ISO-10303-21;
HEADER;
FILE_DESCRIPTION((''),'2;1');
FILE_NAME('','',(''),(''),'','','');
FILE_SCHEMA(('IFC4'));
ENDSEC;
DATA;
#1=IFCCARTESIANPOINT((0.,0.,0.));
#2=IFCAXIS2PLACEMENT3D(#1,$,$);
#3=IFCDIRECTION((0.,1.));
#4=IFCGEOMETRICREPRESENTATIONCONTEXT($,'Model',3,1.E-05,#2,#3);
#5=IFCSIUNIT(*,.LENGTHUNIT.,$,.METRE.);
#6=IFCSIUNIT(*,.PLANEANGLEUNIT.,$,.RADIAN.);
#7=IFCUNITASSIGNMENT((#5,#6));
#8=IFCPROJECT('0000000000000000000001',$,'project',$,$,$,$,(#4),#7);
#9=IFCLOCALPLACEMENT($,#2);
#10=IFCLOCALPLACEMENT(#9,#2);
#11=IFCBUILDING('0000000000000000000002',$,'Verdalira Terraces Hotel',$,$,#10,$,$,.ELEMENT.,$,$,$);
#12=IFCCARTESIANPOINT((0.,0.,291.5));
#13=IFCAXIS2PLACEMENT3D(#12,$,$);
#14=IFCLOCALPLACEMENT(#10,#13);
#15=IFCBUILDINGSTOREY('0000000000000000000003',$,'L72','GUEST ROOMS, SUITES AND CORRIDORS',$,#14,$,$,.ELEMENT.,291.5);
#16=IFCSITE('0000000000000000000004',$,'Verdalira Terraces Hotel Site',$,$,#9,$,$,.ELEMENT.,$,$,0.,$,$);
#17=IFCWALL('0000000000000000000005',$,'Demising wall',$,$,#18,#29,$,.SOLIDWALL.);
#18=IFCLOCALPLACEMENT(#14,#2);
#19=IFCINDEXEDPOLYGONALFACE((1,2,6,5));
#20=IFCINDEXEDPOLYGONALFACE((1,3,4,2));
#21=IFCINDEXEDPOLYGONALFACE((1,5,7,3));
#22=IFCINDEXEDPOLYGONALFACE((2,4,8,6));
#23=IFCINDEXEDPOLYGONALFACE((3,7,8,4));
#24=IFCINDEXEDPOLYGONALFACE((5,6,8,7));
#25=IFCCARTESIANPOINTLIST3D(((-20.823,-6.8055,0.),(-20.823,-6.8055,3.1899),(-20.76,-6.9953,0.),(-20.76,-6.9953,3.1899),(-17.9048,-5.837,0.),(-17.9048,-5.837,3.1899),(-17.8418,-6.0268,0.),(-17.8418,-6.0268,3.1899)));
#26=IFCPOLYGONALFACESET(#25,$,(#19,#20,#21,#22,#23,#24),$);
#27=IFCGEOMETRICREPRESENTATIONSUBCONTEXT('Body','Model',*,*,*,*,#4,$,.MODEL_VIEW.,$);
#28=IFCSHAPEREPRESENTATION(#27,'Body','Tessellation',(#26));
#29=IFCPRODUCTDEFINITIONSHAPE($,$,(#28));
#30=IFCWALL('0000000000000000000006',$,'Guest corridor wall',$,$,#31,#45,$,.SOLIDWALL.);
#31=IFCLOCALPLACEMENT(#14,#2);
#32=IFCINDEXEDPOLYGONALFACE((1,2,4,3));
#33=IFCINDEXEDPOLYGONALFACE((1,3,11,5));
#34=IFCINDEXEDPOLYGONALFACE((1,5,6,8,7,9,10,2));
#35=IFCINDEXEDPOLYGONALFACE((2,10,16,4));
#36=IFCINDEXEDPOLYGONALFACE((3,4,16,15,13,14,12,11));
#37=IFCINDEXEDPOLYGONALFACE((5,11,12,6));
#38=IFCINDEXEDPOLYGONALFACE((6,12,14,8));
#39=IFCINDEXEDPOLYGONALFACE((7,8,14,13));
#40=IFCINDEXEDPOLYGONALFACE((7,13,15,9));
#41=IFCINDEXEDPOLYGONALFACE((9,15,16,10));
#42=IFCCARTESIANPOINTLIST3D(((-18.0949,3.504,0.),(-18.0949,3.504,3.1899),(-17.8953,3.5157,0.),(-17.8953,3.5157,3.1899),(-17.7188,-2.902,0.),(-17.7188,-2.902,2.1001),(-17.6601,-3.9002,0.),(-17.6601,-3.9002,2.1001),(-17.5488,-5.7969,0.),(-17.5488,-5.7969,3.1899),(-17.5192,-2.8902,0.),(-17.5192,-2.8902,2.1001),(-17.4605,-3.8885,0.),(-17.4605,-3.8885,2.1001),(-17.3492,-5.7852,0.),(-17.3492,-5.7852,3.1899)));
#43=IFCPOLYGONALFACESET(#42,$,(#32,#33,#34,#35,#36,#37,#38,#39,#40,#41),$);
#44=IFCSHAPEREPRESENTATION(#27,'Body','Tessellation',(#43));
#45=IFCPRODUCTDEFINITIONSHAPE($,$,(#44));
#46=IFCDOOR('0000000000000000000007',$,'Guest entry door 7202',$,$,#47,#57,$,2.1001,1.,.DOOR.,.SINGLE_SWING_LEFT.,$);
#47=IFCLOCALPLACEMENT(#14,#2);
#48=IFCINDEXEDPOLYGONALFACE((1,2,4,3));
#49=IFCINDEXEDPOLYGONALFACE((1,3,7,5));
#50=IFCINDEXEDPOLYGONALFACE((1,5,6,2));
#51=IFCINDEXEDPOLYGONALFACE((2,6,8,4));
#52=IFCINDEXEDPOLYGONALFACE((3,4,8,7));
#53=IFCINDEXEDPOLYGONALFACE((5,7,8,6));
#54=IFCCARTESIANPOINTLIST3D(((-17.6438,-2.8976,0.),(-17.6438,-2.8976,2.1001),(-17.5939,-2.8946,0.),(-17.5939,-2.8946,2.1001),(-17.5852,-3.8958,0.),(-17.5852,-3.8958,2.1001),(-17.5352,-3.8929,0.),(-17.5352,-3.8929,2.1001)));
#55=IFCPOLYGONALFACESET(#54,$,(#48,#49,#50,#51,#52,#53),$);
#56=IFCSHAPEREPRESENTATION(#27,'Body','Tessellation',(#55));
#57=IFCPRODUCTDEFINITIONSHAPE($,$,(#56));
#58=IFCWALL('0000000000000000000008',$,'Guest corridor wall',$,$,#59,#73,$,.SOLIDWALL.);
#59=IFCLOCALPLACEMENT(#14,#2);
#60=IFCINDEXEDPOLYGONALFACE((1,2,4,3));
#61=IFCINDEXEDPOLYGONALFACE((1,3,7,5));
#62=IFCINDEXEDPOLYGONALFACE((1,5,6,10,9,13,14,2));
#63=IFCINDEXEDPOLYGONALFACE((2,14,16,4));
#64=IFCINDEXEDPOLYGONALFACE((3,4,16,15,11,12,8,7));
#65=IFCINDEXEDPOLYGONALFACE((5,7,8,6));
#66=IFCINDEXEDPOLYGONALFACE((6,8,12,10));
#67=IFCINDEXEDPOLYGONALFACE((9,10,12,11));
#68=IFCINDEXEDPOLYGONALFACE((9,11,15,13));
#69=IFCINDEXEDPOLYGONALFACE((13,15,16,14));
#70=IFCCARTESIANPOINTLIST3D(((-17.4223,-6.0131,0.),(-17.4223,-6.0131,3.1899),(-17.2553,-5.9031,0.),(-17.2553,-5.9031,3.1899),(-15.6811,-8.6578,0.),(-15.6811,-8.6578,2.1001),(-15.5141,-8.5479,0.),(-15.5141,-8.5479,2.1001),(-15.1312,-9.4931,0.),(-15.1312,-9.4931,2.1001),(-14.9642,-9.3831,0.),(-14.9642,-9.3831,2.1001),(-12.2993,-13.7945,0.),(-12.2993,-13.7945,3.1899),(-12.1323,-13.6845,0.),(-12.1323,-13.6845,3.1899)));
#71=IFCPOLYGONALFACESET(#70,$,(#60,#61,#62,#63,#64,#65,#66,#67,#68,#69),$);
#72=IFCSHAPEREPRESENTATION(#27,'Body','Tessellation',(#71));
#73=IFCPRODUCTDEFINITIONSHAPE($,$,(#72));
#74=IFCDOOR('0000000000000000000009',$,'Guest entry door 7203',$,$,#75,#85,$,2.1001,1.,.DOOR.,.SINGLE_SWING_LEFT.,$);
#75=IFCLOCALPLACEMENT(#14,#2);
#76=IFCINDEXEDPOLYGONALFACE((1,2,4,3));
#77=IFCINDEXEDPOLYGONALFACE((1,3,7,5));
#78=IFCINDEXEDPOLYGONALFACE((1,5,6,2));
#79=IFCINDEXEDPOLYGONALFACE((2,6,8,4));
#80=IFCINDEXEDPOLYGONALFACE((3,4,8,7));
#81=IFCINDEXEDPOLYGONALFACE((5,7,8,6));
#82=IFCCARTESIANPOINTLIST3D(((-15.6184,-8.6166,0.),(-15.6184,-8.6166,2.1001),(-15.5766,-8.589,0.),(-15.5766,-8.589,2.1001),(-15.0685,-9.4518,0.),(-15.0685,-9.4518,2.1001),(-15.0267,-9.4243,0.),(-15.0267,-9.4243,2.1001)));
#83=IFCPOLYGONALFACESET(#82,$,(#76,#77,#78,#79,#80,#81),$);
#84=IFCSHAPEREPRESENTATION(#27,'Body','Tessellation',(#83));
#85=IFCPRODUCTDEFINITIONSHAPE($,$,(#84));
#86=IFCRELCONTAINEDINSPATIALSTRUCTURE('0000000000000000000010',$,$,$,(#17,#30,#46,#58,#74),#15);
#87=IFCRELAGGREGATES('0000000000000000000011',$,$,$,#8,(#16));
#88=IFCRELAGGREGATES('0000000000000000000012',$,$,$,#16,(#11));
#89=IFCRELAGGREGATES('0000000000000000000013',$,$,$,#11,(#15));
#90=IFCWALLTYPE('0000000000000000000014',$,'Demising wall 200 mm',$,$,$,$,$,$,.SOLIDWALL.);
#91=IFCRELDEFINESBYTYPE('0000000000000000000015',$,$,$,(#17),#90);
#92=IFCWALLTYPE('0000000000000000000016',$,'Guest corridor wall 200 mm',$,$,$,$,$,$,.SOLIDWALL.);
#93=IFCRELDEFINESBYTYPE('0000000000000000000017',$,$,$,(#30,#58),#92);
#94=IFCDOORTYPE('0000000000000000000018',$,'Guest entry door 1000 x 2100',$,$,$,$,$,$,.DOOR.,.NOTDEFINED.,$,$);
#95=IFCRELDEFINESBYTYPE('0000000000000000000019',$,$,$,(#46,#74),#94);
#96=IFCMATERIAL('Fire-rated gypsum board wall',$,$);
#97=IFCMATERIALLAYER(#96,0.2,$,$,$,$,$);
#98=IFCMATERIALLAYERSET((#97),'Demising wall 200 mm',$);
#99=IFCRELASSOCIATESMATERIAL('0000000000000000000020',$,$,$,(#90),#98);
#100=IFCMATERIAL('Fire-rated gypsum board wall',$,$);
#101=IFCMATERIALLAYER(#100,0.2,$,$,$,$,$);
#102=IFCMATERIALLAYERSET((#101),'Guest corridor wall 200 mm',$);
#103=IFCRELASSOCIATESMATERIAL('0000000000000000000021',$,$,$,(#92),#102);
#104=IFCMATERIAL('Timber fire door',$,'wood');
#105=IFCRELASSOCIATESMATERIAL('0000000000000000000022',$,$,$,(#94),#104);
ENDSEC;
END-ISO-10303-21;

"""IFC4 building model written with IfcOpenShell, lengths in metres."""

from ifc_helpers import new_model, si_unit, direction, frame, frame_2d, origin, place, context, subcontext, project, spatial, rectangle, extrude, material, layer, layer_set, type_object, element, fill, save


model = new_model("IFC4")

# Units and contexts
model_context = context("Model", 3, precision=1e-05, world=origin(), true_north=direction((0.0, 1.0)))
body_context = subcontext(model_context, "Body", "Model", "MODEL_VIEW")
ifc_project = project(units=[si_unit("LENGTHUNIT", "METRE"), si_unit("PLANEANGLEUNIT", "RADIAN")], contexts=[model_context])

# Site, building, storey
site_placement = place(None, origin())
site = spatial("IfcSite", under=ifc_project, at=site_placement, Name="Verdalira Terraces Hotel Site", CompositionType="ELEMENT", RefElevation=0.0)
building_placement = place(site_placement, origin())
building = spatial("IfcBuilding", under=site, at=building_placement, Name="Verdalira Terraces Hotel", CompositionType="ELEMENT")
storey_placement = place(building_placement, frame((0.0, 0.0, 291.5)))
storey = spatial("IfcBuildingStorey", under=building, at=storey_placement, Name="L72", Description="GUEST ROOMS, SUITES AND CORRIDORS", CompositionType="ELEMENT", Elevation=291.5)

# Wall
ifc_material_1 = material(Name="Fire-rated gypsum board wall")
ifc_layer_1 = layer(ifc_material_1, 0.2)
ifc_layer_set_1 = layer_set([ifc_layer_1], Name="Demising wall 200 mm")
wall_type_1 = type_object("IfcWallType", Name="Demising wall 200 mm", PredefinedType="SOLIDWALL", material=ifc_layer_set_1)
wall_1_placement = place(storey_placement, frame((-17.8733, -5.9319, 0.0), z_axis=(0.0, 0.0, 1.0), x_axis=(-0.949095, -0.314989, 0.0)))
element("IfcWall", 1, at=wall_1_placement, inside=storey, type_object=wall_type_1, Name="Demising wall", PredefinedType="SOLIDWALL", context=body_context, shape_type="SweptSolid", body=[
    extrude(rectangle(XDim=3.0747, YDim=0.2, at=frame_2d((1.5374, 0.0))), origin(), (0.0, 0.0, 1.0), 3.1899),
])

# Walls, openings, doors
ifc_material_2 = material(Name="Fire-rated gypsum board wall")
ifc_layer_2 = layer(ifc_material_2, 0.2)
ifc_layer_set_2 = layer_set([ifc_layer_2], Name="Guest corridor wall 200 mm")
wall_type_2 = type_object("IfcWallType", Name="Guest corridor wall 200 mm", PredefinedType="SOLIDWALL", material=ifc_layer_set_2)
wall_2_placement = place(storey_placement, frame((-17.449, -5.791, 0.0), z_axis=(0.0, 0.0, 1.0), x_axis=(-0.058619, 0.99828, 0.0)))
wall_2 = element("IfcWall", 2, at=wall_2_placement, inside=storey, type_object=wall_type_2, Name="Guest corridor wall", PredefinedType="SOLIDWALL", context=body_context, shape_type="SweptSolid", body=[
    extrude(rectangle(XDim=9.3169, YDim=0.2, at=frame_2d((4.6584, 0.0))), origin(), (0.0, 0.0, 1.0), 3.1899),
])
opening_1_placement = place(wall_2_placement, frame((1.8999, 0.0, 0.0)))
opening_1 = element("IfcOpeningElement", 3, at=opening_1_placement, cuts=wall_2, PredefinedType="OPENING", context=body_context, shape_type="SweptSolid", body=[
    extrude(rectangle(XDim=1.0, YDim=2.1001, at=frame_2d((0.5, 1.05))), frame((0.0, 0.1099, 0.0), z_axis=(0.0, -1.0, 0.0), x_axis=(1.0, 0.0, 0.0)), (0.0, 0.0, 1.0), 0.22),
])
ifc_material_3 = material(Name="Timber fire door", Category="wood")
door_type_1 = type_object("IfcDoorType", Name="Guest entry door 1000 x 2100", OperationType="NOTDEFINED", PredefinedType="DOOR", material=ifc_material_3)
door_1_placement = place(opening_1_placement, origin())
door_1 = element("IfcDoor", 4, at=door_1_placement, inside=storey, type_object=door_type_1, Name="Guest entry door 7202", OperationType="SINGLE_SWING_LEFT", OverallHeight=2.1001, OverallWidth=1.0, PredefinedType="DOOR", context=body_context, shape_type="SweptSolid", body=[
    extrude(rectangle(XDim=1.0, YDim=2.1001, at=frame_2d((0.5, 1.05))), frame((0.0, 0.0249, 0.0), z_axis=(0.0, -1.0, 0.0), x_axis=(1.0, 0.0, 0.0)), (0.0, 0.0, 1.0), 0.05),
])
fill(opening_1, door_1)
wall_3_placement = place(storey_placement, frame((-12.2158, -13.7395, 0.0), z_axis=(0.0, 0.0, 1.0), x_axis=(-0.549889, 0.835238, 0.0)))
wall_3 = element("IfcWall", 5, at=wall_3_placement, inside=storey, type_object=wall_type_2, Name="Guest corridor wall", PredefinedType="SOLIDWALL", context=body_context, shape_type="SweptSolid", body=[
    extrude(rectangle(XDim=9.3164, YDim=0.2, at=frame_2d((4.6582, 0.0))), origin(), (0.0, 0.0, 1.0), 3.1899),
])
opening_2_placement = place(wall_3_placement, frame((5.1499, 0.0, 0.0)))
opening_2 = element("IfcOpeningElement", 6, at=opening_2_placement, cuts=wall_3, PredefinedType="OPENING", context=body_context, shape_type="SweptSolid", body=[
    extrude(rectangle(XDim=1.0, YDim=2.1001, at=frame_2d((0.5, 1.05))), frame((0.0, 0.1099, 0.0), z_axis=(0.0, -1.0, 0.0), x_axis=(1.0, 0.0, 0.0)), (0.0, 0.0, 1.0), 0.22),
])
door_2_placement = place(opening_2_placement, origin())
door_2 = element("IfcDoor", 7, at=door_2_placement, inside=storey, type_object=door_type_1, Name="Guest entry door 7203", OperationType="SINGLE_SWING_LEFT", OverallHeight=2.1001, OverallWidth=1.0, PredefinedType="DOOR", context=body_context, shape_type="SweptSolid", body=[
    extrude(rectangle(XDim=1.0, YDim=2.1001, at=frame_2d((0.5, 1.05))), frame((0.0, 0.0249, 0.0), z_axis=(0.0, -1.0, 0.0), x_axis=(1.0, 0.0, 0.0)), (0.0, 0.0, 1.0), 0.05),
])
fill(opening_2, door_2)

save(model, "model.ifc")
